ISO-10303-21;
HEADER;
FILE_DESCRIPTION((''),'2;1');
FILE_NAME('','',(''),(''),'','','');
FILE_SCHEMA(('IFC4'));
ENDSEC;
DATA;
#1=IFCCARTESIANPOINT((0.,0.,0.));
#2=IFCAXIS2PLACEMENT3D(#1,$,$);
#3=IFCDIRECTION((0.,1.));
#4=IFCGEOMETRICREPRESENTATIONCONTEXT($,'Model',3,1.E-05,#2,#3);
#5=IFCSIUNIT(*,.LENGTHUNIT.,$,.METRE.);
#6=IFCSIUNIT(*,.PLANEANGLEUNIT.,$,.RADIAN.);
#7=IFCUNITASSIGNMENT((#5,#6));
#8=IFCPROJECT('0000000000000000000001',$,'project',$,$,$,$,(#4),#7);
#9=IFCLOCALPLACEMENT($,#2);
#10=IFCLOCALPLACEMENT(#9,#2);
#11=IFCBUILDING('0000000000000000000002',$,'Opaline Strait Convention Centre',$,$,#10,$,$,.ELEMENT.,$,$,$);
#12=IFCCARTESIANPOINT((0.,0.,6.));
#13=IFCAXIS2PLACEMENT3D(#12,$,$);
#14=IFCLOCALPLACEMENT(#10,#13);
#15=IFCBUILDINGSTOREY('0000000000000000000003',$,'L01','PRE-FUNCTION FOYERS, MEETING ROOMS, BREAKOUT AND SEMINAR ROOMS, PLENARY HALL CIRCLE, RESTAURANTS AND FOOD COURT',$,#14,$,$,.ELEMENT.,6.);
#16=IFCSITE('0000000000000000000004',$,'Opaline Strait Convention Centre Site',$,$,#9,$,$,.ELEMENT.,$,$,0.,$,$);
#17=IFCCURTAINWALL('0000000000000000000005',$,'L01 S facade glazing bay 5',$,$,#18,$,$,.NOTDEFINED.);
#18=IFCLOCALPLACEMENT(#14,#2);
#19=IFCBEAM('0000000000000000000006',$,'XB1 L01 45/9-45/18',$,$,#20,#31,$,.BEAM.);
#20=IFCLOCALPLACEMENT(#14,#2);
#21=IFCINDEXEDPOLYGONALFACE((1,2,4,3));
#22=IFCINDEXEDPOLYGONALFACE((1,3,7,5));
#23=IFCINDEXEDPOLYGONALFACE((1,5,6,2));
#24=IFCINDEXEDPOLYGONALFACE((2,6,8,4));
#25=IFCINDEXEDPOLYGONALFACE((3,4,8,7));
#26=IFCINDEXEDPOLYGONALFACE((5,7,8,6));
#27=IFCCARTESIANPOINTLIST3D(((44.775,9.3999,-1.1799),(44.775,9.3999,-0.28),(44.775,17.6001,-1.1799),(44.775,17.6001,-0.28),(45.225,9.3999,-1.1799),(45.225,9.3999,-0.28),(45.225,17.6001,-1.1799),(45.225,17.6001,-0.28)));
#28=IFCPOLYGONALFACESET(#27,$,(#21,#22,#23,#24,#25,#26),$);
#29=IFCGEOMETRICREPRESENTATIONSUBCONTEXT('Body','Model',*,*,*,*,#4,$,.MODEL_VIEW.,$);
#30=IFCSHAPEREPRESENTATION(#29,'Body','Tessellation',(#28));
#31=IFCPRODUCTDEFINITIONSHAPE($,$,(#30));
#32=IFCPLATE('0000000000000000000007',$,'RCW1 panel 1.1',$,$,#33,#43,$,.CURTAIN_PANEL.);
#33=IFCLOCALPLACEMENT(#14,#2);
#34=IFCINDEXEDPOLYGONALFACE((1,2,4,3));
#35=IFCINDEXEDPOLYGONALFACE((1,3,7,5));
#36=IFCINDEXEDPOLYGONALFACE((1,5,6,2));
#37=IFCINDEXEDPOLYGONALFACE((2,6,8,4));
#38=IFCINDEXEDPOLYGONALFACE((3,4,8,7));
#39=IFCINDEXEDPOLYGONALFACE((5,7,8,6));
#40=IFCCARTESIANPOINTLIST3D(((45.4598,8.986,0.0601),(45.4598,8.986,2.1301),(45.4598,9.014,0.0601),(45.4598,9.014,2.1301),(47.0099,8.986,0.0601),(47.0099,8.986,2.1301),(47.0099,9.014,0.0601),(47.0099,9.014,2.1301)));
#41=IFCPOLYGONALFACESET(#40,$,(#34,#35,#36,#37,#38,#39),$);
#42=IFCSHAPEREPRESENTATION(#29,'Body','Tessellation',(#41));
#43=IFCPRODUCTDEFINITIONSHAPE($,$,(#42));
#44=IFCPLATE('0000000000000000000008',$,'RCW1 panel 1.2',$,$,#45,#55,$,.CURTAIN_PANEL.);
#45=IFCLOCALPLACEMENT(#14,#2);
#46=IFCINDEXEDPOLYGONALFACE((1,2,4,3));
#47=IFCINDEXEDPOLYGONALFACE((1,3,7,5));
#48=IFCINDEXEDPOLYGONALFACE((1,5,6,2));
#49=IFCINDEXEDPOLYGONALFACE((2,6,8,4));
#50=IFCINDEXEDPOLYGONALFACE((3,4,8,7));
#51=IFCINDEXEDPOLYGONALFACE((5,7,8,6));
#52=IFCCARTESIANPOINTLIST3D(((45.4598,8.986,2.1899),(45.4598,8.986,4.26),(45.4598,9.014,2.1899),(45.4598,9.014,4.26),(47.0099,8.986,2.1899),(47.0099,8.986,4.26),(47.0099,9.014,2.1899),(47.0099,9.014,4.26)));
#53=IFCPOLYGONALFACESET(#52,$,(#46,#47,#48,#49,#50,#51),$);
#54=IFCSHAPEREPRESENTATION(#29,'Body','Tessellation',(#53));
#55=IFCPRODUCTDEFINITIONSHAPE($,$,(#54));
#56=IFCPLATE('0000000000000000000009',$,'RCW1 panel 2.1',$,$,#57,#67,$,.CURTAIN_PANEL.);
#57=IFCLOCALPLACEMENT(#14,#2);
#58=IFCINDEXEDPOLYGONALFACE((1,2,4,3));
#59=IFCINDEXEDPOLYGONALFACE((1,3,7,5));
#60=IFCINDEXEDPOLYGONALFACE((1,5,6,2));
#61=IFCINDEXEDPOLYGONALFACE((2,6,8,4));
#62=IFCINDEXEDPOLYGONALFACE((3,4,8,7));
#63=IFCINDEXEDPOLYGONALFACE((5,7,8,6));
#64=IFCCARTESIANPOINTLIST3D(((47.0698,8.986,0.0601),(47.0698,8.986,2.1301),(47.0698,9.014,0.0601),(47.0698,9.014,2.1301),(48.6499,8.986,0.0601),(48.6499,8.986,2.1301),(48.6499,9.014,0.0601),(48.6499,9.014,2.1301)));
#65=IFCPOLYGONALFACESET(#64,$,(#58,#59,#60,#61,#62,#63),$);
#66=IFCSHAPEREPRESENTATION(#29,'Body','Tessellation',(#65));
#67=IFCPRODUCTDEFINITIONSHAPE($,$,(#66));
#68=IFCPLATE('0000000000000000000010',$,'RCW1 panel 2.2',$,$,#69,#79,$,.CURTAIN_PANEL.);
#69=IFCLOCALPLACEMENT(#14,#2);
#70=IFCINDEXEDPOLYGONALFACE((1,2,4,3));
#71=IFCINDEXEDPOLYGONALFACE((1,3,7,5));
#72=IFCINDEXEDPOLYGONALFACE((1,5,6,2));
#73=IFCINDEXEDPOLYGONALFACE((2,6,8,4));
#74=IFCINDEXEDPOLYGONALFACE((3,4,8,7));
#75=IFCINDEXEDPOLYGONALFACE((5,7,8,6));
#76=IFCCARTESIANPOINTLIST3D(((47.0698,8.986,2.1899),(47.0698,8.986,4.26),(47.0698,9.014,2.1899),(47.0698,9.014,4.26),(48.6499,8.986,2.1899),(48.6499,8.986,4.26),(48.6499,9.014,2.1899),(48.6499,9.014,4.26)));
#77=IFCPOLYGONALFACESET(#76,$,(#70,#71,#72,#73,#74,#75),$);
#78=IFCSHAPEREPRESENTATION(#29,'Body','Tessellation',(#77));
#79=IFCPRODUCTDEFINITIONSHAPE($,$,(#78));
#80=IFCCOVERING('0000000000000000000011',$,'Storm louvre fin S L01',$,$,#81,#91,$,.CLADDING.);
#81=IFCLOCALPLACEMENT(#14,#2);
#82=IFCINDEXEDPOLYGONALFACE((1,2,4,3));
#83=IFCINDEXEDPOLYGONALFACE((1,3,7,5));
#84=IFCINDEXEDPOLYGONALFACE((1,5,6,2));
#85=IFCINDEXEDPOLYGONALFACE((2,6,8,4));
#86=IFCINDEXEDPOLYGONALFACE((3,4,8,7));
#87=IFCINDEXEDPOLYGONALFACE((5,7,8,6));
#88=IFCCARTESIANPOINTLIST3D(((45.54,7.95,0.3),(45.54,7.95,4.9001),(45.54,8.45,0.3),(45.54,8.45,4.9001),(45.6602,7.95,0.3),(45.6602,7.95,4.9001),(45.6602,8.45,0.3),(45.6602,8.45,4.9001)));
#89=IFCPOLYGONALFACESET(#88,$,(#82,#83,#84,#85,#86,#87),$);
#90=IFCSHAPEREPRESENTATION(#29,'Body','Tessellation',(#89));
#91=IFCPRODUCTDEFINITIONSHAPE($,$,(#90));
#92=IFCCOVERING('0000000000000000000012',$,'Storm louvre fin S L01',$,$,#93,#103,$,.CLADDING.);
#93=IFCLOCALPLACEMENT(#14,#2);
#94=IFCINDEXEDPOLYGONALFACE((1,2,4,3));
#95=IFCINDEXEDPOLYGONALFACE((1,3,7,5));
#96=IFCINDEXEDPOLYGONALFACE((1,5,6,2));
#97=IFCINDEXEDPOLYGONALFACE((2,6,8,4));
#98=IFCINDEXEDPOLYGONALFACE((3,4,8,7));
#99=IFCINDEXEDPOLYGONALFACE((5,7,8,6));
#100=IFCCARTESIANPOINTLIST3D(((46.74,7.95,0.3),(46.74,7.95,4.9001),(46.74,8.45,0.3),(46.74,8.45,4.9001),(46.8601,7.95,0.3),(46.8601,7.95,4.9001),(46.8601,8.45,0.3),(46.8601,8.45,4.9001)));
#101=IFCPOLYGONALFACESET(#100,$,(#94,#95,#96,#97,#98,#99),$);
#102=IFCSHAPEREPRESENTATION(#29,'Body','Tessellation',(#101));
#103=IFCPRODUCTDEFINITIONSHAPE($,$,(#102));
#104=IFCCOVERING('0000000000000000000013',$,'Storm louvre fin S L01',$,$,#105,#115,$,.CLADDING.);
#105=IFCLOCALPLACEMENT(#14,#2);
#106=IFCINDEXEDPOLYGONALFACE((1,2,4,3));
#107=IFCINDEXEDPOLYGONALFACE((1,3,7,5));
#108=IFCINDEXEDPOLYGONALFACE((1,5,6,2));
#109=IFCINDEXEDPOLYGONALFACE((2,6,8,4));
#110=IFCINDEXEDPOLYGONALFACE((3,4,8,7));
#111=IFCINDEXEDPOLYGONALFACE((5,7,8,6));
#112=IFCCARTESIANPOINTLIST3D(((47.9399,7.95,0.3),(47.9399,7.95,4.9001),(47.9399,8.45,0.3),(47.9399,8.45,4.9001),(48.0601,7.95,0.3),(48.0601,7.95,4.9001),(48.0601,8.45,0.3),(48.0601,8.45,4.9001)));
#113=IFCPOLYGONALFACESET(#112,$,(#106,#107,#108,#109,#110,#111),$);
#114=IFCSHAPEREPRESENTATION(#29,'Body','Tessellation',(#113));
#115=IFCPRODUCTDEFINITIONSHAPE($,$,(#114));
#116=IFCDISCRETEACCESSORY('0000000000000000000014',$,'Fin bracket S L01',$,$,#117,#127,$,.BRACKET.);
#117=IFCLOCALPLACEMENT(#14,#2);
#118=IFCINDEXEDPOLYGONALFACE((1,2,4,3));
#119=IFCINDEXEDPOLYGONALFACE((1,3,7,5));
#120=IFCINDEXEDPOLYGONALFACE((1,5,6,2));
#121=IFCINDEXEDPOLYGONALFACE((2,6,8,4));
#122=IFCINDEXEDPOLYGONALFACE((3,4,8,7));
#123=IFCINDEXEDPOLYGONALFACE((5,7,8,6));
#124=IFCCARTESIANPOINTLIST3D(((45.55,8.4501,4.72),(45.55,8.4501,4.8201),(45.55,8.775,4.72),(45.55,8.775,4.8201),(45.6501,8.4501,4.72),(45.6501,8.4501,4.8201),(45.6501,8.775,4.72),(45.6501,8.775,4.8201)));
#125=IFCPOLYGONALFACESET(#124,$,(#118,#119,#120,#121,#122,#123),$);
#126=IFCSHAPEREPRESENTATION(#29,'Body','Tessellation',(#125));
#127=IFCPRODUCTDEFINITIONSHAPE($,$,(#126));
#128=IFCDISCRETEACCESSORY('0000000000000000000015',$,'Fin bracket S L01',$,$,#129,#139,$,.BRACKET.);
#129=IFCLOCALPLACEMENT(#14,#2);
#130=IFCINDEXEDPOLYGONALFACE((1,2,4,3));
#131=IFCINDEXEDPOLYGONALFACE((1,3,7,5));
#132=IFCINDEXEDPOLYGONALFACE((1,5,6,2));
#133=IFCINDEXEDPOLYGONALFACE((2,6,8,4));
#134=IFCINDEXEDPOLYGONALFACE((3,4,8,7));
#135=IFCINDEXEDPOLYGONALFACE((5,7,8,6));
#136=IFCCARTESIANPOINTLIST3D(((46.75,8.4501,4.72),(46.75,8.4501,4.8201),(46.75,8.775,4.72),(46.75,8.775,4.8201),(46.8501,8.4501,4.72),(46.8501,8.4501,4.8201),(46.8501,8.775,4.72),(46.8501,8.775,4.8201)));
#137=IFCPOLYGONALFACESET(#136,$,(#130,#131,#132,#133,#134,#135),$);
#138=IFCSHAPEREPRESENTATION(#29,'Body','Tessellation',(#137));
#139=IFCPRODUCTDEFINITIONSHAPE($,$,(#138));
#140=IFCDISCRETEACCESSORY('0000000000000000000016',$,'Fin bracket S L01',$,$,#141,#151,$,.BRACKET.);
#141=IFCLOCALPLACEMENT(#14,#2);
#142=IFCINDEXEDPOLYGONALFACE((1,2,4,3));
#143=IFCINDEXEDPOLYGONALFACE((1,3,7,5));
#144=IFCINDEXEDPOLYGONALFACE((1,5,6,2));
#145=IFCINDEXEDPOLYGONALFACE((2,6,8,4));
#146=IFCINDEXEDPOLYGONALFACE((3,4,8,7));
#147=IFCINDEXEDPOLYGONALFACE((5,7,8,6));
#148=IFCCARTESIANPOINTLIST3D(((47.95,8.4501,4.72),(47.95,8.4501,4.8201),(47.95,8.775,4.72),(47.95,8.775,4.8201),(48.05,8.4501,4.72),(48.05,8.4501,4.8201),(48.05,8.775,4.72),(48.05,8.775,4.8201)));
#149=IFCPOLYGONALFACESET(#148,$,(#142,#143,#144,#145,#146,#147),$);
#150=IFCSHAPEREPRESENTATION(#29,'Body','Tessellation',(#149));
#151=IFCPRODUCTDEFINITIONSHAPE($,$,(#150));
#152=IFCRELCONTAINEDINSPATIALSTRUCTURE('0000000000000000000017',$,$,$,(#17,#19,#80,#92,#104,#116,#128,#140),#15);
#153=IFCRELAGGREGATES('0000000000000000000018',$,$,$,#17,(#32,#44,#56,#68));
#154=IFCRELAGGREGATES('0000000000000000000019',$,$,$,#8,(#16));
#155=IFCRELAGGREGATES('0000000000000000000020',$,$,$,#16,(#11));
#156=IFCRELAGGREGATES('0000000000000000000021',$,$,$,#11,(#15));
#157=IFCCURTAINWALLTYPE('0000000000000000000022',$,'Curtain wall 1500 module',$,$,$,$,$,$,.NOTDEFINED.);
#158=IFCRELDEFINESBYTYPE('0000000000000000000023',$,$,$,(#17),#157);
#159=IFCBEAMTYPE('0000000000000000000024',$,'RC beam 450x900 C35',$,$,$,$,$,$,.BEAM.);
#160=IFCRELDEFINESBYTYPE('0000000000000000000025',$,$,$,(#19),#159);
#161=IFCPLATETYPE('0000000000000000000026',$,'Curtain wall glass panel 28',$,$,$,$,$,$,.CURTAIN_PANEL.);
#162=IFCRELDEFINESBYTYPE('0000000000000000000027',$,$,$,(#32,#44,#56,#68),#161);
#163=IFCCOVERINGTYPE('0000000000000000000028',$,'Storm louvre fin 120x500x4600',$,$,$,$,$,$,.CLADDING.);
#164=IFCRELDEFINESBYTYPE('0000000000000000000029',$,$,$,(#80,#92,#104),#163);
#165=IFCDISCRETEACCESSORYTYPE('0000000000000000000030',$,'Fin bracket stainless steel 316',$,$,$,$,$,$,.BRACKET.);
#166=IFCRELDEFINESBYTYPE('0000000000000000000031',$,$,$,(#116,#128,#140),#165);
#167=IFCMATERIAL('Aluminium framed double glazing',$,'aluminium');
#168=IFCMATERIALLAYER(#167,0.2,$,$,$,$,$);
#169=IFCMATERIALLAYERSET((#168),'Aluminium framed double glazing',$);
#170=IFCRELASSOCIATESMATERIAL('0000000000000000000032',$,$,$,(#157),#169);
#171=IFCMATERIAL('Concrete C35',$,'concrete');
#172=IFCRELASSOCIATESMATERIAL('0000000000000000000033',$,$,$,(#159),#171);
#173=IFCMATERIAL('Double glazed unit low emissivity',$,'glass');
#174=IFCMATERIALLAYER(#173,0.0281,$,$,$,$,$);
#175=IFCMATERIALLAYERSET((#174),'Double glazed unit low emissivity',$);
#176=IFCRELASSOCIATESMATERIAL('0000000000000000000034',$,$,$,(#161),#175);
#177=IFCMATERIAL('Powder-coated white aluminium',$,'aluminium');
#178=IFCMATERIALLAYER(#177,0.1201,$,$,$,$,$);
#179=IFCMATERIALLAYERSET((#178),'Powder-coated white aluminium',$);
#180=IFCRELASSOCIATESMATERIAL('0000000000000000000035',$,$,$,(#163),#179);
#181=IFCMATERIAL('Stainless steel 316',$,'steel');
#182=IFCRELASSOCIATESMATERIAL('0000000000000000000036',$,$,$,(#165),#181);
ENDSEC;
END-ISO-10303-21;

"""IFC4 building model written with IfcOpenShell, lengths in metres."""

from ifc_helpers import new_model, si_unit, direction, frame, origin, origin_2d, place, context, subcontext, project, spatial, rectangle, extrude, material, layer, layer_set, material_profile, profile_set, type_object, element, aggregate, save


model = new_model("IFC4")

# Units and contexts
model_context = context("Model", 3, precision=1e-05, world=origin(), true_north=direction((0.0, 1.0)))
body_context = subcontext(model_context, "Body", "Model", "MODEL_VIEW")
ifc_project = project(units=[si_unit("LENGTHUNIT", "METRE"), si_unit("PLANEANGLEUNIT", "RADIAN")], contexts=[model_context])

# Site, building, storey
site_placement = place(None, origin())
site = spatial("IfcSite", under=ifc_project, at=site_placement, Name="Opaline Strait Convention Centre Site", CompositionType="ELEMENT", RefElevation=0.0)
building_placement = place(site_placement, origin())
building = spatial("IfcBuilding", under=site, at=building_placement, Name="Opaline Strait Convention Centre", CompositionType="ELEMENT")
storey_placement = place(building_placement, frame((0.0, 0.0, 6.0)))
storey = spatial("IfcBuildingStorey", under=building, at=storey_placement, Name="L01", Description="PRE-FUNCTION FOYERS, MEETING ROOMS, BREAKOUT AND SEMINAR ROOMS, PLENARY HALL CIRCLE, RESTAURANTS AND FOOD COURT", CompositionType="ELEMENT", Elevation=6.0)

# Curtain wall
ifc_material_1 = material(Name="Aluminium framed double glazing", Category="aluminium")
ifc_layer_1 = layer(ifc_material_1, 0.2)
ifc_layer_set_1 = layer_set([ifc_layer_1], Name="Aluminium framed double glazing")
curtain_wall_type = type_object("IfcCurtainWallType", Name="Curtain wall 1500 module", PredefinedType="NOTDEFINED", material=ifc_layer_set_1)
curtain_wall_placement = place(storey_placement, origin())
curtain_wall = element("IfcCurtainWall", 1, at=curtain_wall_placement, inside=storey, type_object=curtain_wall_type, Name="L01 S facade glazing bay 5", PredefinedType="NOTDEFINED")

# Beam
ifc_material_2 = material(Name="Concrete C35", Category="concrete")
ifc_material_profile_1 = material_profile(ifc_material_2, rectangle(XDim=0.45, YDim=0.8999, at=origin_2d()), Name="RC 450x900")
ifc_profile_set_1 = profile_set([ifc_material_profile_1], Name="Concrete C35")
beam_type = type_object("IfcBeamType", Name="RC beam 450x900 C35", PredefinedType="BEAM", material=ifc_profile_set_1)
for number, where, z_axis, x_axis, name in (
    (2, (45.0, 9.3999, -0.73), (0.0, 1.0, 0.0), (-1.0, 0.0, 0.0), "XB1 L01 45/9-45/18"),
):
    element("IfcBeam", number, at=place(storey_placement, frame(where, z_axis=z_axis, x_axis=x_axis)), inside=storey, type_object=beam_type, Name=name, PredefinedType="BEAM", context=body_context, shape_type="SweptSolid", body=[
        extrude(rectangle(XDim=0.45, YDim=0.8999, at=origin_2d()), origin(), (0.0, 0.0, 1.0), 8.2002),
    ])

# Plates
ifc_material_3 = material(Name="Double glazed unit low emissivity", Category="glass")
ifc_layer_2 = layer(ifc_material_3, 0.0281)
ifc_layer_set_2 = layer_set([ifc_layer_2], Name="Double glazed unit low emissivity")
plate_type = type_object("IfcPlateType", Name="Curtain wall glass panel 28", PredefinedType="CURTAIN_PANEL", material=ifc_layer_set_2)
plate_1_placement = place(storey_placement, frame((46.2349, 9.0, 0.0601), z_axis=(0.0, 0.0, 1.0), x_axis=(1.0, 0.0, 0.0)))
plate_1 = element("IfcPlate", 3, at=plate_1_placement, type_object=plate_type, Name="RCW1 panel 1.1", PredefinedType="CURTAIN_PANEL", context=body_context, shape_type="SweptSolid", body=[
    extrude(rectangle(XDim=1.55, YDim=0.0281, at=origin_2d()), origin(), (0.0, 0.0, 1.0), 2.0701),
])
plate_2_placement = place(storey_placement, frame((46.2349, 9.0, 2.1899), z_axis=(0.0, 0.0, 1.0), x_axis=(1.0, 0.0, 0.0)))
plate_2 = element("IfcPlate", 4, at=plate_2_placement, type_object=plate_type, Name="RCW1 panel 1.2", PredefinedType="CURTAIN_PANEL", context=body_context, shape_type="SweptSolid", body=[
    extrude(rectangle(XDim=1.55, YDim=0.0281, at=origin_2d()), origin(), (0.0, 0.0, 1.0), 2.0701),
])
plate_3_placement = place(storey_placement, frame((47.8599, 9.0, 0.0601), z_axis=(0.0, 0.0, 1.0), x_axis=(1.0, 0.0, 0.0)))
plate_3 = element("IfcPlate", 5, at=plate_3_placement, type_object=plate_type, Name="RCW1 panel 2.1", PredefinedType="CURTAIN_PANEL", context=body_context, shape_type="SweptSolid", body=[
    extrude(rectangle(XDim=1.5801, YDim=0.0281, at=origin_2d()), origin(), (0.0, 0.0, 1.0), 2.0701),
])
plate_4_placement = place(storey_placement, frame((47.8599, 9.0, 2.1899), z_axis=(0.0, 0.0, 1.0), x_axis=(1.0, 0.0, 0.0)))
plate_4 = element("IfcPlate", 6, at=plate_4_placement, type_object=plate_type, Name="RCW1 panel 2.2", PredefinedType="CURTAIN_PANEL", context=body_context, shape_type="SweptSolid", body=[
    extrude(rectangle(XDim=1.5801, YDim=0.0281, at=origin_2d()), origin(), (0.0, 0.0, 1.0), 2.0701),
])
aggregate(curtain_wall, [plate_1, plate_2, plate_3, plate_4])

# Coverings
ifc_material_4 = material(Name="Powder-coated white aluminium", Category="aluminium")
ifc_layer_3 = layer(ifc_material_4, 0.1201)
ifc_layer_set_3 = layer_set([ifc_layer_3], Name="Powder-coated white aluminium")
covering_type = type_object("IfcCoveringType", Name="Storm louvre fin 120x500x4600", PredefinedType="CLADDING", material=ifc_layer_set_3)
for number, where, z_axis, x_axis, name in (
    (7, (45.6001, 8.2, 0.3), (0.0, 0.0, 1.0), (1.0, 0.0, 0.0), "Storm louvre fin S L01"),
    (8, (46.8, 8.2, 0.3), (0.0, 0.0, 1.0), (1.0, 0.0, 0.0), "Storm louvre fin S L01"),
    (9, (48.0, 8.2, 0.3), (0.0, 0.0, 1.0), (1.0, 0.0, 0.0), "Storm louvre fin S L01"),
):
    element("IfcCovering", number, at=place(storey_placement, frame(where, z_axis=z_axis, x_axis=x_axis)), inside=storey, type_object=covering_type, Name=name, PredefinedType="CLADDING", context=body_context, shape_type="SweptSolid", body=[
        extrude(rectangle(XDim=0.1201, YDim=0.5, at=origin_2d()), origin(), (0.0, 0.0, 1.0), 4.6001),
    ])

# Discrete accessories
ifc_material_5 = material(Name="Stainless steel 316", Category="steel")
discrete_accessory_type = type_object("IfcDiscreteAccessoryType", Name="Fin bracket stainless steel 316", PredefinedType="BRACKET", material=ifc_material_5)
for number, where, z_axis, x_axis, name in (
    (10, (45.6001, 8.6125, 4.72), (0.0, 0.0, 1.0), (1.0, 0.0, 0.0), "Fin bracket S L01"),
    (11, (46.8, 8.6125, 4.72), (0.0, 0.0, 1.0), (1.0, 0.0, 0.0), "Fin bracket S L01"),
    (12, (48.0, 8.6125, 4.72), (0.0, 0.0, 1.0), (1.0, 0.0, 0.0), "Fin bracket S L01"),
):
    element("IfcDiscreteAccessory", number, at=place(storey_placement, frame(where, z_axis=z_axis, x_axis=x_axis)), inside=storey, type_object=discrete_accessory_type, Name=name, PredefinedType="BRACKET", context=body_context, shape_type="SweptSolid", body=[
        extrude(rectangle(XDim=0.1001, YDim=0.325, at=origin_2d()), origin(), (0.0, 0.0, 1.0), 0.1001),
    ])

save(model, "model.ifc")
